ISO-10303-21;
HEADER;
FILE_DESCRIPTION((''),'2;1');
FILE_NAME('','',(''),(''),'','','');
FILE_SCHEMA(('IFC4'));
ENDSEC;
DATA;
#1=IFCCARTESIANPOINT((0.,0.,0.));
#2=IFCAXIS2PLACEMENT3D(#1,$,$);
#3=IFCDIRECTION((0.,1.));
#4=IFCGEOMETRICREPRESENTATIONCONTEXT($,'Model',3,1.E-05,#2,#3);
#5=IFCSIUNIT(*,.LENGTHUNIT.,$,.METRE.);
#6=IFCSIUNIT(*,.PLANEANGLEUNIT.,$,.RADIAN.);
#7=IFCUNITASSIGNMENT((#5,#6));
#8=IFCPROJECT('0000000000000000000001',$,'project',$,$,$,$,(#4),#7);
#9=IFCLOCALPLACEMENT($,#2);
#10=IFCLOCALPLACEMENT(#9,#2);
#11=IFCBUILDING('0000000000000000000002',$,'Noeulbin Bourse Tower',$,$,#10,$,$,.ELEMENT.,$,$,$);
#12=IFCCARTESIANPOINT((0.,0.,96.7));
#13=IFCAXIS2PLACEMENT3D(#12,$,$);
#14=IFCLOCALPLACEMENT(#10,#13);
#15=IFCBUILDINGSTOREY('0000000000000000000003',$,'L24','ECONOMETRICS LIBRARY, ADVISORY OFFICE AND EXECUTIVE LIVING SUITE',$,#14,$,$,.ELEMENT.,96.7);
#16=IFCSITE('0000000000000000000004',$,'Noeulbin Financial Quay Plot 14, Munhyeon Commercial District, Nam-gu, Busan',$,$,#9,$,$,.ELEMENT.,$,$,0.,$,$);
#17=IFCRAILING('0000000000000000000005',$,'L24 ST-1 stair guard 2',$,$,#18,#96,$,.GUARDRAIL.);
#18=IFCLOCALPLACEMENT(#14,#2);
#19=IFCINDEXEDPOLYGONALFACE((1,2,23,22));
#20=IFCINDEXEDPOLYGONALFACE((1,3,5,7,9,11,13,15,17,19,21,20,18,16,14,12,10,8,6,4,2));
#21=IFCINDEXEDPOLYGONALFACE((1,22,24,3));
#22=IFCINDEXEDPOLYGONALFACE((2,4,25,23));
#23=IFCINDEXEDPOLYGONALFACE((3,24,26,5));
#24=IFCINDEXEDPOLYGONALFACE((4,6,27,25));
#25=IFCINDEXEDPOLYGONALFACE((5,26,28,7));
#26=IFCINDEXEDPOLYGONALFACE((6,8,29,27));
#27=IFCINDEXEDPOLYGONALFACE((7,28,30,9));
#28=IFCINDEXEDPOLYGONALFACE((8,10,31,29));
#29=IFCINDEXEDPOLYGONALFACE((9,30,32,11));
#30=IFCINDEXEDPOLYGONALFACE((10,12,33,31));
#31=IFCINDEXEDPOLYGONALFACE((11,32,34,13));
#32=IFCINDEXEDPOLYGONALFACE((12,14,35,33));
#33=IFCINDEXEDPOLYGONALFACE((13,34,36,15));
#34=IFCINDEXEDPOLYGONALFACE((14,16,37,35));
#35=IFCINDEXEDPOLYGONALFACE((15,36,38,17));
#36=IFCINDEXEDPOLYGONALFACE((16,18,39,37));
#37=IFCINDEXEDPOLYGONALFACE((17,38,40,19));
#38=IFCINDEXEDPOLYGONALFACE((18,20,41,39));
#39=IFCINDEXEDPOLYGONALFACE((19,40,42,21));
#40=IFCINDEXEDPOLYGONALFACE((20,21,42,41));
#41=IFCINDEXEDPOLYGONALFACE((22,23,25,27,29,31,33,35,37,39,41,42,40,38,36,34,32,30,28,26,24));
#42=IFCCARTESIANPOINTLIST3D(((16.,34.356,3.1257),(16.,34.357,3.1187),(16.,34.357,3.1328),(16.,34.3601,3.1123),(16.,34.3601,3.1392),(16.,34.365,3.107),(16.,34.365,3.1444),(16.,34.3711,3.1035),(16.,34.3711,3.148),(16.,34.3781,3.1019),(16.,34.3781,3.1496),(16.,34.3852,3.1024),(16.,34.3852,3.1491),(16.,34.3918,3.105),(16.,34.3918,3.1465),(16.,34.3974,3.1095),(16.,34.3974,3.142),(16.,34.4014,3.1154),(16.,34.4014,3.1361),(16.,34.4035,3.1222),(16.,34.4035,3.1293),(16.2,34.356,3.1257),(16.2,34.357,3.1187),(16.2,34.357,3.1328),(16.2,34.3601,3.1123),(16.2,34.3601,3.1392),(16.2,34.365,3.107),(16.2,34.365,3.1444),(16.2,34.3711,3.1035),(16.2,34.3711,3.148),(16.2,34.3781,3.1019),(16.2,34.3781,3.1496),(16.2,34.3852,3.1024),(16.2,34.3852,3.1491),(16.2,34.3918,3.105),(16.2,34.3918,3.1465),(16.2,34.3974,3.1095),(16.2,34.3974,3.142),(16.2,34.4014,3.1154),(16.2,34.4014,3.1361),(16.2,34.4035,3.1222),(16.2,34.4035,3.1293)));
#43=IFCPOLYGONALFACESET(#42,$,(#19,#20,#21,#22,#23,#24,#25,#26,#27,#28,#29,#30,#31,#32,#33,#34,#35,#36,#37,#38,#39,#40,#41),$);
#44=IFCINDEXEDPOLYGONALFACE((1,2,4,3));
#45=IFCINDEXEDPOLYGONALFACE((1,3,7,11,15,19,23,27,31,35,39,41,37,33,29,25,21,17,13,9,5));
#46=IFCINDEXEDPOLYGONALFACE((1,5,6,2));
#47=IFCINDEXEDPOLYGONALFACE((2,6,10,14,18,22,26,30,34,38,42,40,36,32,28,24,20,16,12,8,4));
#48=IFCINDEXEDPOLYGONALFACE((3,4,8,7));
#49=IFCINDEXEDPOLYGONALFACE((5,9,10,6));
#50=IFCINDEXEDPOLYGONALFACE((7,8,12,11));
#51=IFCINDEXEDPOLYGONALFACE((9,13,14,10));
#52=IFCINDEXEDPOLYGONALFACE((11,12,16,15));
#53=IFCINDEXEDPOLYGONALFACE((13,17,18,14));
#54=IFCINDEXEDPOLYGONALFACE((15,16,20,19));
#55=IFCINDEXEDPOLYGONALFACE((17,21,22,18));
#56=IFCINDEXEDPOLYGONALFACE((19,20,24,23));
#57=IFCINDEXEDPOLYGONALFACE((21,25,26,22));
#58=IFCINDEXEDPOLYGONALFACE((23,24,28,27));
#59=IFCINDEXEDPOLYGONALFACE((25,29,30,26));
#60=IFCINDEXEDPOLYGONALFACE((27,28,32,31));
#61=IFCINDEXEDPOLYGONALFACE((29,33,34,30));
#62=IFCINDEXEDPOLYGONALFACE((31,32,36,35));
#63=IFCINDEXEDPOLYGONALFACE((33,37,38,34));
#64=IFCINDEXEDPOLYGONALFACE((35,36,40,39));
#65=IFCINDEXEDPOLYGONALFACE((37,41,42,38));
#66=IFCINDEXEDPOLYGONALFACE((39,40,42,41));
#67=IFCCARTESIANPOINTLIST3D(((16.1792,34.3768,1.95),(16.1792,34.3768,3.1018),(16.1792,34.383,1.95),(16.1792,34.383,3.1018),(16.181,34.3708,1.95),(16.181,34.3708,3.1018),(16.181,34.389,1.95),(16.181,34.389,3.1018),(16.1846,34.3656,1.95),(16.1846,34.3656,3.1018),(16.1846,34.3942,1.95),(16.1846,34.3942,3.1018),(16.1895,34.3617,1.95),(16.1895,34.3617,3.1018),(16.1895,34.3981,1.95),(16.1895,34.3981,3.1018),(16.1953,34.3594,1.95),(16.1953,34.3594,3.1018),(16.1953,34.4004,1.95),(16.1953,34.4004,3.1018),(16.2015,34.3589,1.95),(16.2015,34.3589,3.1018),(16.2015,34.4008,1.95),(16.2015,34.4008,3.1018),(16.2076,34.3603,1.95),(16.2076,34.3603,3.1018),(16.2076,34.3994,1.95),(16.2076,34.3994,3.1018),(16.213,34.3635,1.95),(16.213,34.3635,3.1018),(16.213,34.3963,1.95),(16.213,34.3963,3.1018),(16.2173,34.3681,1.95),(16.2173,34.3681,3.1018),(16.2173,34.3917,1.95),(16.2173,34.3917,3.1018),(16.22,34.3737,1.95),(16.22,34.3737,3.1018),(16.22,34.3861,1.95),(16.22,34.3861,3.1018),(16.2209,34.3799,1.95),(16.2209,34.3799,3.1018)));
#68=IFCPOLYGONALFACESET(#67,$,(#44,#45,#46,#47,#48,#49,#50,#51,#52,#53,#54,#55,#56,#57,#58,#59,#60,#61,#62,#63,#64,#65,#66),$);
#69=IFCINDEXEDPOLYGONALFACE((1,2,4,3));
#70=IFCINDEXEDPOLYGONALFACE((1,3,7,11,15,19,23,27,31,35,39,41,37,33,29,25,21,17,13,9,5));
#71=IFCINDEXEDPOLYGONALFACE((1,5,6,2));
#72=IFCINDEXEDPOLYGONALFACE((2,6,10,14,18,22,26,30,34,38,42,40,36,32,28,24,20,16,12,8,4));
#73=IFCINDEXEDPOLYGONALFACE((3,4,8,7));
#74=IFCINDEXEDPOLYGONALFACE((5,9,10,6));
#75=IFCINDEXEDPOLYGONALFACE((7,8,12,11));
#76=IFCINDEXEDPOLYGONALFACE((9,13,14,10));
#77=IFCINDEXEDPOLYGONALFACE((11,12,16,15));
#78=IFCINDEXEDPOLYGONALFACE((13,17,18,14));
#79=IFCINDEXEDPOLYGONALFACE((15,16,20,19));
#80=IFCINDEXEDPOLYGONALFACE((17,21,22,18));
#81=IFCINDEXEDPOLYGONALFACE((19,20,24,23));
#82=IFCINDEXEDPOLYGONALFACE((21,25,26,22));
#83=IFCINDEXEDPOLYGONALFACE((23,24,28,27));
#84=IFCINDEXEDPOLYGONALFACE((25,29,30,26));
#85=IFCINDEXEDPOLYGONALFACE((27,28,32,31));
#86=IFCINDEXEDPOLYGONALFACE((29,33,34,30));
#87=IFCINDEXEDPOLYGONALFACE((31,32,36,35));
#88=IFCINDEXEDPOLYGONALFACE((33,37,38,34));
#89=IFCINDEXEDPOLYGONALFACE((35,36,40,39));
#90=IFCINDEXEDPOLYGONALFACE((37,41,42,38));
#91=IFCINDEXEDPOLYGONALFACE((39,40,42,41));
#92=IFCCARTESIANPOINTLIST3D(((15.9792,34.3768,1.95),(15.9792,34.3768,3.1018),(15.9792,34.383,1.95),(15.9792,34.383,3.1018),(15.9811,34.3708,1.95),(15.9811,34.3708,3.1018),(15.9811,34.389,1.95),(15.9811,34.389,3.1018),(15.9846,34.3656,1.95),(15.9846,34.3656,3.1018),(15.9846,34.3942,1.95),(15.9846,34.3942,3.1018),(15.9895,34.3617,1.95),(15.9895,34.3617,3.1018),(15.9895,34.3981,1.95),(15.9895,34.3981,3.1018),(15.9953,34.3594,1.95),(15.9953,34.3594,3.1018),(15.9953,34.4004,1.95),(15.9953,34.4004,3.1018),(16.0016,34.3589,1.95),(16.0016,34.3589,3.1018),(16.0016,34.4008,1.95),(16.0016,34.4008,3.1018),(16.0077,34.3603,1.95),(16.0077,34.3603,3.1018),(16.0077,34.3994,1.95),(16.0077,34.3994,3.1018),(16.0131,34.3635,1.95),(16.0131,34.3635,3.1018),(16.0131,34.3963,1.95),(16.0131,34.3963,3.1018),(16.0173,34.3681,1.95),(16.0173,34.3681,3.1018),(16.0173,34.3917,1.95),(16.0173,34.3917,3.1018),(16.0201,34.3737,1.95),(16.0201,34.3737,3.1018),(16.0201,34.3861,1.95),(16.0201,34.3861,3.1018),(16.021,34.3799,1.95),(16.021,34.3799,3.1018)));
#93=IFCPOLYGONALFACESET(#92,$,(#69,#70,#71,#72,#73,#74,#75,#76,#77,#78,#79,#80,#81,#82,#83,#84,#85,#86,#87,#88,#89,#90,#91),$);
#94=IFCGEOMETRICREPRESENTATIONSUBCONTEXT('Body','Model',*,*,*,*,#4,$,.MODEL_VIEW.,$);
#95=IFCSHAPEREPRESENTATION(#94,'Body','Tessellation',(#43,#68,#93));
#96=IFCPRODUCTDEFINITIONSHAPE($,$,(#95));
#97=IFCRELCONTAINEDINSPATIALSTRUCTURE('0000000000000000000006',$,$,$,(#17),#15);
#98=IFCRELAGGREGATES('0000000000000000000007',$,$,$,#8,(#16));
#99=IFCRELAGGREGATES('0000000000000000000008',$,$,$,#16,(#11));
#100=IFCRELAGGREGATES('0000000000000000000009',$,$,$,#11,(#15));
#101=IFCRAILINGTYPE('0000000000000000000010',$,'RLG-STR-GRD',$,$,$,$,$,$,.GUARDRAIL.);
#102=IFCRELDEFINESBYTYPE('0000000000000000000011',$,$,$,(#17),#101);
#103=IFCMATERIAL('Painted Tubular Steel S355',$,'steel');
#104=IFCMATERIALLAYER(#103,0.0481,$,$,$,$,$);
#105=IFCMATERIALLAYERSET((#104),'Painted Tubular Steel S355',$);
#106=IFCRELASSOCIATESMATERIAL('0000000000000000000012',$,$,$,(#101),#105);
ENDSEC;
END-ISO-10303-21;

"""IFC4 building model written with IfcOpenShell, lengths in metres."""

from ifc_helpers import new_model, si_unit, direction, frame, origin, origin_2d, place, context, subcontext, project, spatial, circle, extrude, material, layer, layer_set, type_object, element, save


model = new_model("IFC4")

# Units and contexts
model_context = context("Model", 3, precision=1e-05, world=origin(), true_north=direction((0.0, 1.0)))
body_context = subcontext(model_context, "Body", "Model", "MODEL_VIEW")
ifc_project = project(units=[si_unit("LENGTHUNIT", "METRE"), si_unit("PLANEANGLEUNIT", "RADIAN")], contexts=[model_context])

# Site, building, storey
site_placement = place(None, origin())
site = spatial("IfcSite", under=ifc_project, at=site_placement, Name="Noeulbin Financial Quay Plot 14, Munhyeon Commercial District, Nam-gu, Busan", CompositionType="ELEMENT", RefElevation=0.0)
building_placement = place(site_placement, origin())
building = spatial("IfcBuilding", under=site, at=building_placement, Name="Noeulbin Bourse Tower", CompositionType="ELEMENT")
storey_placement = place(building_placement, frame((0.0, 0.0, 96.7)))
storey = spatial("IfcBuildingStorey", under=building, at=storey_placement, Name="L24", Description="ECONOMETRICS LIBRARY, ADVISORY OFFICE AND EXECUTIVE LIVING SUITE", CompositionType="ELEMENT", Elevation=96.7)

# Railing
ifc_material_1 = material(Name="Painted Tubular Steel S355", Category="steel")
ifc_layer_1 = layer(ifc_material_1, 0.0481)
ifc_layer_set_1 = layer_set([ifc_layer_1], Name="Painted Tubular Steel S355")
railing_type_1 = type_object("IfcRailingType", Name="RLG-STR-GRD", PredefinedType="GUARDRAIL", material=ifc_layer_set_1)
railing_1_placement = place(storey_placement, frame((16.2, 34.3799, 1.95)))
element("IfcRailing", 1, at=railing_1_placement, inside=storey, type_object=railing_type_1, Name="L24 ST-1 stair guard 2", PredefinedType="GUARDRAIL", context=body_context, shape_type="SweptSolid", body=[
    extrude(circle(Radius=0.0239, at=origin_2d()), frame((0.0, 0.0, 1.1758), z_axis=(-1.0, 0.0, 0.0), x_axis=(0.0, -1.0, 0.0)), (0.0, 0.0, 1.0), 0.2),
    extrude(circle(Radius=0.021, at=origin_2d()), origin(), (0.0, 0.0, 1.0), 1.1519),
    extrude(circle(Radius=0.021, at=origin_2d()), frame((-0.2, 0.0, 0.0)), (0.0, 0.0, 1.0), 1.1519),
])

save(model, "model.ifc")
